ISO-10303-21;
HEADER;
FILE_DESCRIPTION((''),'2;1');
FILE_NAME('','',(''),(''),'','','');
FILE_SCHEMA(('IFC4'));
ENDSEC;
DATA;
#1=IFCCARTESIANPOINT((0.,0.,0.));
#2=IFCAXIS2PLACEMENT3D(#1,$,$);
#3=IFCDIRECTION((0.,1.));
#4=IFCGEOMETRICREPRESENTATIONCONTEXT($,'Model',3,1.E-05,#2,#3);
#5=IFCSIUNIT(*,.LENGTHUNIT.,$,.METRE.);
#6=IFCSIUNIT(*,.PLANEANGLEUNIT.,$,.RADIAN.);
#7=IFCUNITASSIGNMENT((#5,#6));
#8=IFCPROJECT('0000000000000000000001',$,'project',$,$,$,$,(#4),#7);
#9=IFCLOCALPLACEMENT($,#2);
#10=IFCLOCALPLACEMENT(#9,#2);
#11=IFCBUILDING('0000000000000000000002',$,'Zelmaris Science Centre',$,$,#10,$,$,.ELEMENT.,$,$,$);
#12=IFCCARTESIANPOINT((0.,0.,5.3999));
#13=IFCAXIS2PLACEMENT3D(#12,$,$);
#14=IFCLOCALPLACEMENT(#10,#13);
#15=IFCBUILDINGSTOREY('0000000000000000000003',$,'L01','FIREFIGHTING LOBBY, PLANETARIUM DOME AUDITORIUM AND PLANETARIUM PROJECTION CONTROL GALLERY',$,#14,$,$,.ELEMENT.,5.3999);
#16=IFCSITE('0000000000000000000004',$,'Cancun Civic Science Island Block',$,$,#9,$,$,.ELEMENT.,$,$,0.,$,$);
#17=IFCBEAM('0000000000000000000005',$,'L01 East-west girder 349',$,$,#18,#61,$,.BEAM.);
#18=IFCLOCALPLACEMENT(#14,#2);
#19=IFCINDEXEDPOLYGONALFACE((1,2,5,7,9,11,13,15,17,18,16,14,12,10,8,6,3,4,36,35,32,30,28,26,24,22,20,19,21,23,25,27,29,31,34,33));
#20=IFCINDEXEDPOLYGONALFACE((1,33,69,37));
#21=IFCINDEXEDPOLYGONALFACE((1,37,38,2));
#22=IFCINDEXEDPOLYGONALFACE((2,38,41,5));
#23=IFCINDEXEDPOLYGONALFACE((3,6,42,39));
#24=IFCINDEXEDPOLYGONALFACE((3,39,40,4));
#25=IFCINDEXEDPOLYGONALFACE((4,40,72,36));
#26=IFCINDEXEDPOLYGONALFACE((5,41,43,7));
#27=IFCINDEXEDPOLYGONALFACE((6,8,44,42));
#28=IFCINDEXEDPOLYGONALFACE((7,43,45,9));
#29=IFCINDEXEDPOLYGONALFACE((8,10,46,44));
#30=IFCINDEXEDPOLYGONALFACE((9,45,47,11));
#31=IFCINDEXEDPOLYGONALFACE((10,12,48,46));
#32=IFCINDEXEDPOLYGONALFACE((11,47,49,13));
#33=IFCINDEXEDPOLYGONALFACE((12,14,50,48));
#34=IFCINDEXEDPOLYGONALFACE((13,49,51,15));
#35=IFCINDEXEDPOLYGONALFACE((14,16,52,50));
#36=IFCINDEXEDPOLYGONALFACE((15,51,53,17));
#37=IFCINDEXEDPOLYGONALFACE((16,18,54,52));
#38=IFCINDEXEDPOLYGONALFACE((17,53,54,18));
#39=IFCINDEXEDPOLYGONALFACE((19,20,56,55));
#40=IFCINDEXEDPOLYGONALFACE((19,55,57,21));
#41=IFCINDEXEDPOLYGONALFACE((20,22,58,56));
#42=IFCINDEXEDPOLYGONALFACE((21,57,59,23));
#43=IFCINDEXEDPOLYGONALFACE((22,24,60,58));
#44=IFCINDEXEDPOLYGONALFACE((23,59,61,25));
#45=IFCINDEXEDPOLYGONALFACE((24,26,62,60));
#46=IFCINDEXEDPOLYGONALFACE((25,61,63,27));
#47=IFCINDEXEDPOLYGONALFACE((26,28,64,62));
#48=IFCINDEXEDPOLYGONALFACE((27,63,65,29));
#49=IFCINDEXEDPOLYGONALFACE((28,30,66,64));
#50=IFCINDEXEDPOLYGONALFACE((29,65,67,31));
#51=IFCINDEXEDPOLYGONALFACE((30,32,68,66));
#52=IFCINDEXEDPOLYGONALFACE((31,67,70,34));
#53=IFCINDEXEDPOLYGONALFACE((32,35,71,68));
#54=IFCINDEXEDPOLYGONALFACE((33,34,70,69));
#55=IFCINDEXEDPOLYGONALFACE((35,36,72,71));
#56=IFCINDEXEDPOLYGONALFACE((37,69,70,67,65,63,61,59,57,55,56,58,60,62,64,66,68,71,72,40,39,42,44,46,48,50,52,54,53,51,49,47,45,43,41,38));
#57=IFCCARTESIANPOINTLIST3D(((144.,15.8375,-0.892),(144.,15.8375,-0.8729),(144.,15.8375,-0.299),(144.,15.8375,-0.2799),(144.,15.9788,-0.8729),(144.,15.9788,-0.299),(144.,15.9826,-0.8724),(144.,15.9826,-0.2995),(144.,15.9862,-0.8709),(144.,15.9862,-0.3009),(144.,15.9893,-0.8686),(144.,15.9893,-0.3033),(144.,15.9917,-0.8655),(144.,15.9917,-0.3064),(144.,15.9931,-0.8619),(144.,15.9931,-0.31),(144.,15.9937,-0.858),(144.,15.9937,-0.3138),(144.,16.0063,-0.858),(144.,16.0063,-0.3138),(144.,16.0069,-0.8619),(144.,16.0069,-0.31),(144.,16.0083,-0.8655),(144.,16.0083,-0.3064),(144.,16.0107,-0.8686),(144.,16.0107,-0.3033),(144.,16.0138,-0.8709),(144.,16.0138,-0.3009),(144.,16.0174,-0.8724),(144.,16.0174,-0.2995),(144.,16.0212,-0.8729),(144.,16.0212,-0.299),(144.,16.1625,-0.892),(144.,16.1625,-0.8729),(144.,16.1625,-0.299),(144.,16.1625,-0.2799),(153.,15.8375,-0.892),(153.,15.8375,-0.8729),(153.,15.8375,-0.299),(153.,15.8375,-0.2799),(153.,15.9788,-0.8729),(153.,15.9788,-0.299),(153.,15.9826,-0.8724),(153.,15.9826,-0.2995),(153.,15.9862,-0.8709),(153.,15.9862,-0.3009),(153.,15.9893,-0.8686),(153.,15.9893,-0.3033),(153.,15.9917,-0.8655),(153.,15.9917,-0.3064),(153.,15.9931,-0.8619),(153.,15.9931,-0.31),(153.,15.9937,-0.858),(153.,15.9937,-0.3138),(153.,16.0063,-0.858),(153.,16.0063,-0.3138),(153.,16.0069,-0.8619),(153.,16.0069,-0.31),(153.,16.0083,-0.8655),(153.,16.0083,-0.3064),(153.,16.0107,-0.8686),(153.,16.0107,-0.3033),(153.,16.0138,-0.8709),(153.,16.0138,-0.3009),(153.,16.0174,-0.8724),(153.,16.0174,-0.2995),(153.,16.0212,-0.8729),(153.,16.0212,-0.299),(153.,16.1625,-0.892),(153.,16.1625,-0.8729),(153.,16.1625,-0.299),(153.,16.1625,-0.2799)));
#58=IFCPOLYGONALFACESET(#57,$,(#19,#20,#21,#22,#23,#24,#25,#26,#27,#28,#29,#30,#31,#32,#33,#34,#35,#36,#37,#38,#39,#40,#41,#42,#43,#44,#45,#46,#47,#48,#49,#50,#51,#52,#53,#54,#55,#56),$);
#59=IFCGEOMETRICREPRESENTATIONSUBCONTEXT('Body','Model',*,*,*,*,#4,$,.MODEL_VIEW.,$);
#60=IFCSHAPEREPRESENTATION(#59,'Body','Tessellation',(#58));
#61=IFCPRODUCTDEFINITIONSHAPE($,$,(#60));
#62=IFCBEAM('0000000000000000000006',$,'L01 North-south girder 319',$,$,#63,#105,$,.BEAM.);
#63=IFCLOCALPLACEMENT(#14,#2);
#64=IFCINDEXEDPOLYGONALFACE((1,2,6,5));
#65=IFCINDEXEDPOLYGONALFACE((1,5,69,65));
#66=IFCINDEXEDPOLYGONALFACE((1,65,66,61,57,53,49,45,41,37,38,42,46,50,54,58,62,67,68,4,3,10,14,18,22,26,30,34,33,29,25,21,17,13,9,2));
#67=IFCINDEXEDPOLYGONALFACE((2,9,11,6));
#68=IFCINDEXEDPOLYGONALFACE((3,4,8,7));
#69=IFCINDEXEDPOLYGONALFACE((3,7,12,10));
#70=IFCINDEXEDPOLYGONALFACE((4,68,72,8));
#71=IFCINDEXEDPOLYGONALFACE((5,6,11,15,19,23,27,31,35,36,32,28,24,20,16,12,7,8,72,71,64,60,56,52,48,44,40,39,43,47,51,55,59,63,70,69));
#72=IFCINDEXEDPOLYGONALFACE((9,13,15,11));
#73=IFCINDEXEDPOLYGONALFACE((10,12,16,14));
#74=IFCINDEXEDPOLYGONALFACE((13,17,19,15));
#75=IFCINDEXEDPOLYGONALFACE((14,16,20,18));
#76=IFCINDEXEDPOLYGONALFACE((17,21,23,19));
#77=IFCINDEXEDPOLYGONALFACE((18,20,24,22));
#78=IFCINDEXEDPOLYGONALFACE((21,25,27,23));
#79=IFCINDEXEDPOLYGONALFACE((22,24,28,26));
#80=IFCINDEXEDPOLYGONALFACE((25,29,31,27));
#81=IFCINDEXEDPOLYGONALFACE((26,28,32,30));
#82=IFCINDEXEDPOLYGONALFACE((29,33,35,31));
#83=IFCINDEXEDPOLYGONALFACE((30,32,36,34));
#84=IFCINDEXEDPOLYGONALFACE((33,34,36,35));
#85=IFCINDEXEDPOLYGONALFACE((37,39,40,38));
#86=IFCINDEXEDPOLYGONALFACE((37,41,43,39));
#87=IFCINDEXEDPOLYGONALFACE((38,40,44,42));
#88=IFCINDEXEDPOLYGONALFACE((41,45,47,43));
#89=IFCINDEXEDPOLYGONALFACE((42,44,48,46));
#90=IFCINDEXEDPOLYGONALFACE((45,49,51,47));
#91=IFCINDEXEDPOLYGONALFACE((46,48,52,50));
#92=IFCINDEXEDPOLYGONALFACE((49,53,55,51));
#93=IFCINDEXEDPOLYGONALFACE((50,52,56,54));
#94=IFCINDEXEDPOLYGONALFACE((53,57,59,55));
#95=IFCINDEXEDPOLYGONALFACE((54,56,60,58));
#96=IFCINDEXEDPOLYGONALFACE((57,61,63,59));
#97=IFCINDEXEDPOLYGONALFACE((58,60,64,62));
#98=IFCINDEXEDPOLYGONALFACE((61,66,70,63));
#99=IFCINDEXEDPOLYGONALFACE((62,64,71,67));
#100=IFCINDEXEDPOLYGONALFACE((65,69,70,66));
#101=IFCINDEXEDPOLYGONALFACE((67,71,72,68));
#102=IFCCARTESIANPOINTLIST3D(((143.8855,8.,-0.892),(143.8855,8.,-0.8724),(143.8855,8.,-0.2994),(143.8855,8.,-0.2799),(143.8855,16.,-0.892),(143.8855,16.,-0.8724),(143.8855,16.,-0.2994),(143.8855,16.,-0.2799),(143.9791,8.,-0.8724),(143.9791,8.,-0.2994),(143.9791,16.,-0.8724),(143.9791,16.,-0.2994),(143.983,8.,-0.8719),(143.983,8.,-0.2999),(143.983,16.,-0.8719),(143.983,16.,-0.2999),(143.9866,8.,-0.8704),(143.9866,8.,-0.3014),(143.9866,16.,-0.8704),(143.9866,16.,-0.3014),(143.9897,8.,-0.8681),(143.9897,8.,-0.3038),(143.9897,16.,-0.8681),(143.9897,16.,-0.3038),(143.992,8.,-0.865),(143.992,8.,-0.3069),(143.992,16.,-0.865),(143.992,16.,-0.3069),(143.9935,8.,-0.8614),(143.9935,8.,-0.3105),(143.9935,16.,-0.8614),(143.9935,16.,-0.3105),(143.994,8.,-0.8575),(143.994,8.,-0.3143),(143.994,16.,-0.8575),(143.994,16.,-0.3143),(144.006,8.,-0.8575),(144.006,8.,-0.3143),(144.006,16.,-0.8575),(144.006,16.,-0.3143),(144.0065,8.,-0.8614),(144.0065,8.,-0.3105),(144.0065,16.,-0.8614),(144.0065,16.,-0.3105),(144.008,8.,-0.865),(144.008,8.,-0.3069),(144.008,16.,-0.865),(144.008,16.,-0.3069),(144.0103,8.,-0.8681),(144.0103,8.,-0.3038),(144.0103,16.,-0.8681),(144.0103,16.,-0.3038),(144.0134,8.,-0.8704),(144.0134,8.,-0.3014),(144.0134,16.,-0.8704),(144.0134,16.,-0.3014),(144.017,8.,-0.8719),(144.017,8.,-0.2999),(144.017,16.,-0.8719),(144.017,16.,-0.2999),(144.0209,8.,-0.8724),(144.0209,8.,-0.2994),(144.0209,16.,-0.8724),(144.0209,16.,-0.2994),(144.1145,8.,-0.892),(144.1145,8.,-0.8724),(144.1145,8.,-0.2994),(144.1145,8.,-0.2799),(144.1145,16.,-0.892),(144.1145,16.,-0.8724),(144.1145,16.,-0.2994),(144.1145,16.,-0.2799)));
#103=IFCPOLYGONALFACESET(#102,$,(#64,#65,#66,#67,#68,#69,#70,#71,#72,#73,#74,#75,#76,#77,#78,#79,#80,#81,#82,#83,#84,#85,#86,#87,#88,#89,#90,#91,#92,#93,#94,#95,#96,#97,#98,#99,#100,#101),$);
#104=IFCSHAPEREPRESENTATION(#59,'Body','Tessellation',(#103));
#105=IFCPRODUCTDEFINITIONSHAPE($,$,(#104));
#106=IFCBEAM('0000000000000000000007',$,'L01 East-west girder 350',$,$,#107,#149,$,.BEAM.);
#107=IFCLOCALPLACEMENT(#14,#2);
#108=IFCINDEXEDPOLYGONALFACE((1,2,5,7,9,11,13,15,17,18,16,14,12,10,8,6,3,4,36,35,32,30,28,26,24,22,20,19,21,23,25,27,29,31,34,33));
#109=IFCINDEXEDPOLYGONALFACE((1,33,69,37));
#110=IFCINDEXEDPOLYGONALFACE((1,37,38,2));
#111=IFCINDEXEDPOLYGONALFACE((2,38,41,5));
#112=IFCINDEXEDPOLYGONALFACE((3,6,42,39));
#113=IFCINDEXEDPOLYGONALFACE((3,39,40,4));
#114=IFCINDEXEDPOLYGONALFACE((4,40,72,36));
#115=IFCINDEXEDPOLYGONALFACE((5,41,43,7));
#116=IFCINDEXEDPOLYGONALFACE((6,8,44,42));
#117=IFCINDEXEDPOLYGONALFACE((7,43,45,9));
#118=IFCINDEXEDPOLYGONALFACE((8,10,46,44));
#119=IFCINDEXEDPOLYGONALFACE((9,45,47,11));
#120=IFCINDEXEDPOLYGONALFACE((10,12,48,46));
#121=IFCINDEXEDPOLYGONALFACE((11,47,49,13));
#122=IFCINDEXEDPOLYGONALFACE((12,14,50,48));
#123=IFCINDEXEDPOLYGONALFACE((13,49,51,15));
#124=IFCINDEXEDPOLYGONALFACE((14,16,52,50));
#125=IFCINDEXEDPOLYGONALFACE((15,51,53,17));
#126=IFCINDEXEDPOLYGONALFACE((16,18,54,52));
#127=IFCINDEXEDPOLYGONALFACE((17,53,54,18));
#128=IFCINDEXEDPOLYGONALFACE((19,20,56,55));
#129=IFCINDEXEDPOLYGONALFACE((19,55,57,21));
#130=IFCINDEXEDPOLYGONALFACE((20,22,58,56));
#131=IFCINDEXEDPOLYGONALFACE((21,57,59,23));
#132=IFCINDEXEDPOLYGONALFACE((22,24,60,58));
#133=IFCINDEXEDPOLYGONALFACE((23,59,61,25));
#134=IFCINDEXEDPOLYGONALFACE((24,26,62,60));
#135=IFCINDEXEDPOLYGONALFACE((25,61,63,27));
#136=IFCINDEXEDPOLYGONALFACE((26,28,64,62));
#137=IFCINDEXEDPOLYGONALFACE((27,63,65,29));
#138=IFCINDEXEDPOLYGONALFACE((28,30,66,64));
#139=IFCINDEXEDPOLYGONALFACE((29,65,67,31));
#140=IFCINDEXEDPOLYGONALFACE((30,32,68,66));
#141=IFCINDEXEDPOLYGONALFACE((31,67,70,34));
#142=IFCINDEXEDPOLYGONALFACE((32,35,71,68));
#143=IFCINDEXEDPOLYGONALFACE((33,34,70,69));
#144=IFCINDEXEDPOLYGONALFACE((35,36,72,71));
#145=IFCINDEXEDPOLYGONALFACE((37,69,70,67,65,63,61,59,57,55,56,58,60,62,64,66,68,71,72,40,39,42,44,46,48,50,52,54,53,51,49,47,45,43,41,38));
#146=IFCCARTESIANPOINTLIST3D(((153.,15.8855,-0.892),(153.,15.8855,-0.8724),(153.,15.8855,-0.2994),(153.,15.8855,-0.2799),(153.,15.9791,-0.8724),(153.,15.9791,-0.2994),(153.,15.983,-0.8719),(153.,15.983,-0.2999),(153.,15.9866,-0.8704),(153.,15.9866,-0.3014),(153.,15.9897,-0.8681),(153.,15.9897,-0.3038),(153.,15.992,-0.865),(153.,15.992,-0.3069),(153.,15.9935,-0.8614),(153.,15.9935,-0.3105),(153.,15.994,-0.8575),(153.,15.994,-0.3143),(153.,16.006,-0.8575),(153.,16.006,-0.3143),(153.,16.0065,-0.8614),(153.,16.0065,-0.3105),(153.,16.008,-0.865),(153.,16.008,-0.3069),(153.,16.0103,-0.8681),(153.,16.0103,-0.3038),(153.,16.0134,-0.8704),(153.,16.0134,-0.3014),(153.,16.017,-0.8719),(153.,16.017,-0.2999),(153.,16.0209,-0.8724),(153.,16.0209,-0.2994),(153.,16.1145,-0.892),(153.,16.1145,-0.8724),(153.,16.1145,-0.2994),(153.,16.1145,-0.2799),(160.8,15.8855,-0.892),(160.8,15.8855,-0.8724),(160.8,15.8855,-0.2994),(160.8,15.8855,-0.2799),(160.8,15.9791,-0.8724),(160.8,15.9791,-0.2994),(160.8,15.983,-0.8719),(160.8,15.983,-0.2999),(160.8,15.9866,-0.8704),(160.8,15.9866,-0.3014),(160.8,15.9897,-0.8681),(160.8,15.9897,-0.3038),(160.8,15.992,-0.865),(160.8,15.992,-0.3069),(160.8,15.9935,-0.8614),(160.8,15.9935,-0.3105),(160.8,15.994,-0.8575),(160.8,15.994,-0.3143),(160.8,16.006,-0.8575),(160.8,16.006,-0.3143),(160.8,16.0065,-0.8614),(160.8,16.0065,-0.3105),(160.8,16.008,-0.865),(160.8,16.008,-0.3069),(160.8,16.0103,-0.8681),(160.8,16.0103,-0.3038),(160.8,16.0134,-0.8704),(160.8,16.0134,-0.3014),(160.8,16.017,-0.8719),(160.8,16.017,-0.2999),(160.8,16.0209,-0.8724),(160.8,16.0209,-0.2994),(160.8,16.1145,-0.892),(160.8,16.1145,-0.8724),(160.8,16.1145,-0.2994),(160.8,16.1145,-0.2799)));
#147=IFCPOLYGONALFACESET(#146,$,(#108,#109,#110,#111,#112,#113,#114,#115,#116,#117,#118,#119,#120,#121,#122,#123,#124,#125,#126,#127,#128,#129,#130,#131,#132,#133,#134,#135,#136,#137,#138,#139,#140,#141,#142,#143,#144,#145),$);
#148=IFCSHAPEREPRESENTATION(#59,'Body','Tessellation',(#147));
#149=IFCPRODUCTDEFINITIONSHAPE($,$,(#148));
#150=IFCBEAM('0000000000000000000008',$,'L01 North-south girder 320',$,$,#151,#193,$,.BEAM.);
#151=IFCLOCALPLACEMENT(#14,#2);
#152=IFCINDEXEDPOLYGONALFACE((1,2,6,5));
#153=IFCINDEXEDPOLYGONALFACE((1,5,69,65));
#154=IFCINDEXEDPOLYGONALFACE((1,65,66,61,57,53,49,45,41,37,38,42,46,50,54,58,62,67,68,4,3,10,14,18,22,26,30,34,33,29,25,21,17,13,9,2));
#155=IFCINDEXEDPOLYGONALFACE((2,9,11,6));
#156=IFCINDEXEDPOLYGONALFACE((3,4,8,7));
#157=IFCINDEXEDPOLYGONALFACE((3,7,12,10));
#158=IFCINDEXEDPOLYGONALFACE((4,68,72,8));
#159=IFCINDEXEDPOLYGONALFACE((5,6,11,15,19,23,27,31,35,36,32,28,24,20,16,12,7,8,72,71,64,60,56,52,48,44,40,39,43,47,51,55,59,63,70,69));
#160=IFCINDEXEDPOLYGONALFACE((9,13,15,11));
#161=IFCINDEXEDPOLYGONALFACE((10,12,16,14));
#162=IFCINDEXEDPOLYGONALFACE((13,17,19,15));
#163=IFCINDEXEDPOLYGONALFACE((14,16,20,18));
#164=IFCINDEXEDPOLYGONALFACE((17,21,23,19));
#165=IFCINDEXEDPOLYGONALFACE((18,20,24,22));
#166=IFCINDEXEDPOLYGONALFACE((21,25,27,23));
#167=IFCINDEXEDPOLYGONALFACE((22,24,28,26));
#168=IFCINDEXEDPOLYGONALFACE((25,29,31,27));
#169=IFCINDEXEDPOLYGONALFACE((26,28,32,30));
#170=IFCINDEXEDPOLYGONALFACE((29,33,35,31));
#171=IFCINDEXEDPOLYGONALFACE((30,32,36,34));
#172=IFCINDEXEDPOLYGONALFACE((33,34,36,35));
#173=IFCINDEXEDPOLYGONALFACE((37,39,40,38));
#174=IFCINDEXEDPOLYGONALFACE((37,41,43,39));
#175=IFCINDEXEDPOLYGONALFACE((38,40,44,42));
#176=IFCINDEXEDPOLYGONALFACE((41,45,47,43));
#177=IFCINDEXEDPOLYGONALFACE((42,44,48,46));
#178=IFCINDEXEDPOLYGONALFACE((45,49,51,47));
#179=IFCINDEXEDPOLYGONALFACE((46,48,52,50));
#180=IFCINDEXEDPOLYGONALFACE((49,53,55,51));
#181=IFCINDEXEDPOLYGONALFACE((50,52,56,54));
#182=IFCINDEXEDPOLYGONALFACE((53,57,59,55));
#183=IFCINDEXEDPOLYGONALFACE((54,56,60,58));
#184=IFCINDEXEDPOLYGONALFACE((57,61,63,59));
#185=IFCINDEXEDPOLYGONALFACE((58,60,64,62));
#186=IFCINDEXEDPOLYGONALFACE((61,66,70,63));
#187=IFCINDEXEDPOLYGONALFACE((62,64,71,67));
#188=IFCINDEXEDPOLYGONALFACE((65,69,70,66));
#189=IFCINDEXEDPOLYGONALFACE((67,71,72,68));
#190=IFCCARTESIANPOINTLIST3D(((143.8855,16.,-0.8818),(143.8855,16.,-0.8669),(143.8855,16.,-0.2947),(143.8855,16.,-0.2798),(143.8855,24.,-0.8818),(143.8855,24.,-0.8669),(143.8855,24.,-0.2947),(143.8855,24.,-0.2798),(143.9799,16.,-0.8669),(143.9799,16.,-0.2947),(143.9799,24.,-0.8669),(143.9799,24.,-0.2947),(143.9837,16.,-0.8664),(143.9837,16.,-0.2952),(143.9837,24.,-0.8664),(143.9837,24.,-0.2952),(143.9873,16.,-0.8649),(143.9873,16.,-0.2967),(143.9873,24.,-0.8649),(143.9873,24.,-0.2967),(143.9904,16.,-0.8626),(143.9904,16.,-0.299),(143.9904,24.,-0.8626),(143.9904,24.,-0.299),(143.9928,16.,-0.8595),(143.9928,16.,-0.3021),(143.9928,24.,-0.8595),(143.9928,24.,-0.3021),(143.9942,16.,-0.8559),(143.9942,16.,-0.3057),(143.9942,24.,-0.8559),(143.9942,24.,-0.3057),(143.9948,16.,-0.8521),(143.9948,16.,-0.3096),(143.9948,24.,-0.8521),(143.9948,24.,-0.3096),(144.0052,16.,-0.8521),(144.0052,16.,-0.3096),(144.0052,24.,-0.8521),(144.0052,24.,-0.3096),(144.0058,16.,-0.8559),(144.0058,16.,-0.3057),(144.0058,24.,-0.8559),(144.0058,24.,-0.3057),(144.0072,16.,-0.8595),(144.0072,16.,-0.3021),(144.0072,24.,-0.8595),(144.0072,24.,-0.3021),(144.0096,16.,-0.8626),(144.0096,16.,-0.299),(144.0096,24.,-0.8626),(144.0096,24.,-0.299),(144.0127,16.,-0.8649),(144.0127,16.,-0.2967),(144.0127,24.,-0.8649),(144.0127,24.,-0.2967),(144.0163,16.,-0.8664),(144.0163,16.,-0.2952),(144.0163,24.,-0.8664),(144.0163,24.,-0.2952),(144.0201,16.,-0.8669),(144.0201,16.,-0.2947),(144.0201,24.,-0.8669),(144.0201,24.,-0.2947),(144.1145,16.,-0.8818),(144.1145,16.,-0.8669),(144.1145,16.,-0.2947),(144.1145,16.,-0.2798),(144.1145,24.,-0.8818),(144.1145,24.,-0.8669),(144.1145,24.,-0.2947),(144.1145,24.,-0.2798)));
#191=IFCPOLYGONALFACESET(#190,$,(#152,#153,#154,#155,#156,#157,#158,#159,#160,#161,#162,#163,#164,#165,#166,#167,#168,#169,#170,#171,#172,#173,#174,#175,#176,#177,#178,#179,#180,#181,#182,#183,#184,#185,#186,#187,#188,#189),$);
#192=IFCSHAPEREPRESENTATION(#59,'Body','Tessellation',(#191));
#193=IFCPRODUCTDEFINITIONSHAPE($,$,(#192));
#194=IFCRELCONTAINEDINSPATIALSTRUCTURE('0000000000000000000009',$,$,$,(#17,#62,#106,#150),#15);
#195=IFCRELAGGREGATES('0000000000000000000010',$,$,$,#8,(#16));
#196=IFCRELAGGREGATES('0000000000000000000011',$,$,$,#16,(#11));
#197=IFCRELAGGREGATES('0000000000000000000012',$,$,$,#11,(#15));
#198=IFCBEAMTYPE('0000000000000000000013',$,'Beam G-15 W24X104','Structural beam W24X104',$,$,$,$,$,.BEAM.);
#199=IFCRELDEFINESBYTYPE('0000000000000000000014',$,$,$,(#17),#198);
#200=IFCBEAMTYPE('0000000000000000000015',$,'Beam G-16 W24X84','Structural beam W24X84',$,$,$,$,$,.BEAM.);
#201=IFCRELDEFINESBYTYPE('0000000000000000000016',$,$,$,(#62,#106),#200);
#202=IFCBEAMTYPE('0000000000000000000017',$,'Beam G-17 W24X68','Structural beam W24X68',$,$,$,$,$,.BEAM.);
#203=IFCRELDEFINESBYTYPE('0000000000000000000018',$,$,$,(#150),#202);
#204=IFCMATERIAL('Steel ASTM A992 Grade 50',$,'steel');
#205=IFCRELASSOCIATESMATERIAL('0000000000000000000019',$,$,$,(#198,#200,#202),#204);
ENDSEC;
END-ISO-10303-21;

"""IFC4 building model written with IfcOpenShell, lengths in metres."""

from ifc_helpers import new_model, si_unit, direction, frame, origin, origin_2d, place, context, subcontext, project, spatial, i_section, extrude, material, material_profile, profile_set, type_object, element, save


model = new_model("IFC4")

# Units and contexts
model_context = context("Model", 3, precision=1e-05, world=origin(), true_north=direction((0.0, 1.0)))
body_context = subcontext(model_context, "Body", "Model", "MODEL_VIEW")
ifc_project = project(units=[si_unit("LENGTHUNIT", "METRE"), si_unit("PLANEANGLEUNIT", "RADIAN")], contexts=[model_context])

# Site, building, storey
site_placement = place(None, origin())
site = spatial("IfcSite", under=ifc_project, at=site_placement, Name="Cancun Civic Science Island Block", CompositionType="ELEMENT", RefElevation=0.0)
building_placement = place(site_placement, origin())
building = spatial("IfcBuilding", under=site, at=building_placement, Name="Zelmaris Science Centre", CompositionType="ELEMENT")
storey_placement = place(building_placement, frame((0.0, 0.0, 5.3999)))
storey = spatial("IfcBuildingStorey", under=building, at=storey_placement, Name="L01", Description="FIREFIGHTING LOBBY, PLANETARIUM DOME AUDITORIUM AND PLANETARIUM PROJECTION CONTROL GALLERY", CompositionType="ELEMENT", Elevation=5.3999)

# Shared definitions
ifc_material_1 = material(Name="Steel ASTM A992 Grade 50", Category="steel")

# Beams
ifc_material_profile_1 = material_profile(ifc_material_1, i_section(OverallWidth=0.325, OverallDepth=0.6121, WebThickness=0.0127, FlangeThickness=0.019, FilletRadius=0.0149, at=origin_2d()), Name="W24X104")
ifc_profile_set_1 = profile_set([ifc_material_profile_1], Name="Steel ASTM A992 Grade 50")
beam_type_1 = type_object("IfcBeamType", Name="Beam G-15 W24X104", Description="Structural beam W24X104", PredefinedType="BEAM", material=ifc_profile_set_1)
beam_1_placement = place(storey_placement, frame((144.0, 16.0, -0.5859), z_axis=(1.0, 0.0, 0.0), x_axis=(0.0, 1.0, 0.0)))
element("IfcBeam", 1, at=beam_1_placement, inside=storey, type_object=beam_type_1, Name="L01 East-west girder 349", PredefinedType="BEAM", context=body_context, shape_type="SweptSolid", body=[
    extrude(i_section(OverallWidth=0.325, OverallDepth=0.6121, WebThickness=0.0127, FlangeThickness=0.019, FilletRadius=0.0149, at=origin_2d()), origin(), (0.0, 0.0, 1.0), 9.0),
])
ifc_material_profile_2 = material_profile(ifc_material_1, i_section(OverallWidth=0.229, OverallDepth=0.6121, WebThickness=0.012, FlangeThickness=0.0195, FilletRadius=0.0149, at=origin_2d()), Name="W24X84")
ifc_profile_set_2 = profile_set([ifc_material_profile_2], Name="Steel ASTM A992 Grade 50")
beam_type_2 = type_object("IfcBeamType", Name="Beam G-16 W24X84", Description="Structural beam W24X84", PredefinedType="BEAM", material=ifc_profile_set_2)
beam_2_placement = place(storey_placement, frame((144.0, 8.0, -0.5859), z_axis=(0.0, 1.0, 0.0), x_axis=(-1.0, 0.0, 0.0)))
element("IfcBeam", 2, at=beam_2_placement, inside=storey, type_object=beam_type_2, Name="L01 North-south girder 319", PredefinedType="BEAM", context=body_context, shape_type="SweptSolid", body=[
    extrude(i_section(OverallWidth=0.229, OverallDepth=0.6121, WebThickness=0.012, FlangeThickness=0.0195, FilletRadius=0.0149, at=origin_2d()), origin(), (0.0, 0.0, 1.0), 8.0),
])
beam_3_placement = place(storey_placement, frame((153.0, 16.0, -0.5859), z_axis=(1.0, 0.0, 0.0), x_axis=(0.0, 1.0, 0.0)))
element("IfcBeam", 3, at=beam_3_placement, inside=storey, type_object=beam_type_2, Name="L01 East-west girder 350", PredefinedType="BEAM", context=body_context, shape_type="SweptSolid", body=[
    extrude(i_section(OverallWidth=0.229, OverallDepth=0.6121, WebThickness=0.012, FlangeThickness=0.0195, FilletRadius=0.0149, at=origin_2d()), origin(), (0.0, 0.0, 1.0), 7.8),
])
ifc_material_profile_3 = material_profile(ifc_material_1, i_section(OverallWidth=0.229, OverallDepth=0.6021, WebThickness=0.0105, FlangeThickness=0.0149, FilletRadius=0.0149, at=origin_2d()), Name="W24X68")
ifc_profile_set_3 = profile_set([ifc_material_profile_3], Name="Steel ASTM A992 Grade 50")
beam_type_3 = type_object("IfcBeamType", Name="Beam G-17 W24X68", Description="Structural beam W24X68", PredefinedType="BEAM", material=ifc_profile_set_3)
beam_4_placement = place(storey_placement, frame((144.0, 16.0, -0.5808), z_axis=(0.0, 1.0, 0.0), x_axis=(-1.0, 0.0, 0.0)))
element("IfcBeam", 4, at=beam_4_placement, inside=storey, type_object=beam_type_3, Name="L01 North-south girder 320", PredefinedType="BEAM", context=body_context, shape_type="SweptSolid", body=[
    extrude(i_section(OverallWidth=0.229, OverallDepth=0.6021, WebThickness=0.0105, FlangeThickness=0.0149, FilletRadius=0.0149, at=origin_2d()), origin(), (0.0, 0.0, 1.0), 8.0),
])

save(model, "model.ifc")
